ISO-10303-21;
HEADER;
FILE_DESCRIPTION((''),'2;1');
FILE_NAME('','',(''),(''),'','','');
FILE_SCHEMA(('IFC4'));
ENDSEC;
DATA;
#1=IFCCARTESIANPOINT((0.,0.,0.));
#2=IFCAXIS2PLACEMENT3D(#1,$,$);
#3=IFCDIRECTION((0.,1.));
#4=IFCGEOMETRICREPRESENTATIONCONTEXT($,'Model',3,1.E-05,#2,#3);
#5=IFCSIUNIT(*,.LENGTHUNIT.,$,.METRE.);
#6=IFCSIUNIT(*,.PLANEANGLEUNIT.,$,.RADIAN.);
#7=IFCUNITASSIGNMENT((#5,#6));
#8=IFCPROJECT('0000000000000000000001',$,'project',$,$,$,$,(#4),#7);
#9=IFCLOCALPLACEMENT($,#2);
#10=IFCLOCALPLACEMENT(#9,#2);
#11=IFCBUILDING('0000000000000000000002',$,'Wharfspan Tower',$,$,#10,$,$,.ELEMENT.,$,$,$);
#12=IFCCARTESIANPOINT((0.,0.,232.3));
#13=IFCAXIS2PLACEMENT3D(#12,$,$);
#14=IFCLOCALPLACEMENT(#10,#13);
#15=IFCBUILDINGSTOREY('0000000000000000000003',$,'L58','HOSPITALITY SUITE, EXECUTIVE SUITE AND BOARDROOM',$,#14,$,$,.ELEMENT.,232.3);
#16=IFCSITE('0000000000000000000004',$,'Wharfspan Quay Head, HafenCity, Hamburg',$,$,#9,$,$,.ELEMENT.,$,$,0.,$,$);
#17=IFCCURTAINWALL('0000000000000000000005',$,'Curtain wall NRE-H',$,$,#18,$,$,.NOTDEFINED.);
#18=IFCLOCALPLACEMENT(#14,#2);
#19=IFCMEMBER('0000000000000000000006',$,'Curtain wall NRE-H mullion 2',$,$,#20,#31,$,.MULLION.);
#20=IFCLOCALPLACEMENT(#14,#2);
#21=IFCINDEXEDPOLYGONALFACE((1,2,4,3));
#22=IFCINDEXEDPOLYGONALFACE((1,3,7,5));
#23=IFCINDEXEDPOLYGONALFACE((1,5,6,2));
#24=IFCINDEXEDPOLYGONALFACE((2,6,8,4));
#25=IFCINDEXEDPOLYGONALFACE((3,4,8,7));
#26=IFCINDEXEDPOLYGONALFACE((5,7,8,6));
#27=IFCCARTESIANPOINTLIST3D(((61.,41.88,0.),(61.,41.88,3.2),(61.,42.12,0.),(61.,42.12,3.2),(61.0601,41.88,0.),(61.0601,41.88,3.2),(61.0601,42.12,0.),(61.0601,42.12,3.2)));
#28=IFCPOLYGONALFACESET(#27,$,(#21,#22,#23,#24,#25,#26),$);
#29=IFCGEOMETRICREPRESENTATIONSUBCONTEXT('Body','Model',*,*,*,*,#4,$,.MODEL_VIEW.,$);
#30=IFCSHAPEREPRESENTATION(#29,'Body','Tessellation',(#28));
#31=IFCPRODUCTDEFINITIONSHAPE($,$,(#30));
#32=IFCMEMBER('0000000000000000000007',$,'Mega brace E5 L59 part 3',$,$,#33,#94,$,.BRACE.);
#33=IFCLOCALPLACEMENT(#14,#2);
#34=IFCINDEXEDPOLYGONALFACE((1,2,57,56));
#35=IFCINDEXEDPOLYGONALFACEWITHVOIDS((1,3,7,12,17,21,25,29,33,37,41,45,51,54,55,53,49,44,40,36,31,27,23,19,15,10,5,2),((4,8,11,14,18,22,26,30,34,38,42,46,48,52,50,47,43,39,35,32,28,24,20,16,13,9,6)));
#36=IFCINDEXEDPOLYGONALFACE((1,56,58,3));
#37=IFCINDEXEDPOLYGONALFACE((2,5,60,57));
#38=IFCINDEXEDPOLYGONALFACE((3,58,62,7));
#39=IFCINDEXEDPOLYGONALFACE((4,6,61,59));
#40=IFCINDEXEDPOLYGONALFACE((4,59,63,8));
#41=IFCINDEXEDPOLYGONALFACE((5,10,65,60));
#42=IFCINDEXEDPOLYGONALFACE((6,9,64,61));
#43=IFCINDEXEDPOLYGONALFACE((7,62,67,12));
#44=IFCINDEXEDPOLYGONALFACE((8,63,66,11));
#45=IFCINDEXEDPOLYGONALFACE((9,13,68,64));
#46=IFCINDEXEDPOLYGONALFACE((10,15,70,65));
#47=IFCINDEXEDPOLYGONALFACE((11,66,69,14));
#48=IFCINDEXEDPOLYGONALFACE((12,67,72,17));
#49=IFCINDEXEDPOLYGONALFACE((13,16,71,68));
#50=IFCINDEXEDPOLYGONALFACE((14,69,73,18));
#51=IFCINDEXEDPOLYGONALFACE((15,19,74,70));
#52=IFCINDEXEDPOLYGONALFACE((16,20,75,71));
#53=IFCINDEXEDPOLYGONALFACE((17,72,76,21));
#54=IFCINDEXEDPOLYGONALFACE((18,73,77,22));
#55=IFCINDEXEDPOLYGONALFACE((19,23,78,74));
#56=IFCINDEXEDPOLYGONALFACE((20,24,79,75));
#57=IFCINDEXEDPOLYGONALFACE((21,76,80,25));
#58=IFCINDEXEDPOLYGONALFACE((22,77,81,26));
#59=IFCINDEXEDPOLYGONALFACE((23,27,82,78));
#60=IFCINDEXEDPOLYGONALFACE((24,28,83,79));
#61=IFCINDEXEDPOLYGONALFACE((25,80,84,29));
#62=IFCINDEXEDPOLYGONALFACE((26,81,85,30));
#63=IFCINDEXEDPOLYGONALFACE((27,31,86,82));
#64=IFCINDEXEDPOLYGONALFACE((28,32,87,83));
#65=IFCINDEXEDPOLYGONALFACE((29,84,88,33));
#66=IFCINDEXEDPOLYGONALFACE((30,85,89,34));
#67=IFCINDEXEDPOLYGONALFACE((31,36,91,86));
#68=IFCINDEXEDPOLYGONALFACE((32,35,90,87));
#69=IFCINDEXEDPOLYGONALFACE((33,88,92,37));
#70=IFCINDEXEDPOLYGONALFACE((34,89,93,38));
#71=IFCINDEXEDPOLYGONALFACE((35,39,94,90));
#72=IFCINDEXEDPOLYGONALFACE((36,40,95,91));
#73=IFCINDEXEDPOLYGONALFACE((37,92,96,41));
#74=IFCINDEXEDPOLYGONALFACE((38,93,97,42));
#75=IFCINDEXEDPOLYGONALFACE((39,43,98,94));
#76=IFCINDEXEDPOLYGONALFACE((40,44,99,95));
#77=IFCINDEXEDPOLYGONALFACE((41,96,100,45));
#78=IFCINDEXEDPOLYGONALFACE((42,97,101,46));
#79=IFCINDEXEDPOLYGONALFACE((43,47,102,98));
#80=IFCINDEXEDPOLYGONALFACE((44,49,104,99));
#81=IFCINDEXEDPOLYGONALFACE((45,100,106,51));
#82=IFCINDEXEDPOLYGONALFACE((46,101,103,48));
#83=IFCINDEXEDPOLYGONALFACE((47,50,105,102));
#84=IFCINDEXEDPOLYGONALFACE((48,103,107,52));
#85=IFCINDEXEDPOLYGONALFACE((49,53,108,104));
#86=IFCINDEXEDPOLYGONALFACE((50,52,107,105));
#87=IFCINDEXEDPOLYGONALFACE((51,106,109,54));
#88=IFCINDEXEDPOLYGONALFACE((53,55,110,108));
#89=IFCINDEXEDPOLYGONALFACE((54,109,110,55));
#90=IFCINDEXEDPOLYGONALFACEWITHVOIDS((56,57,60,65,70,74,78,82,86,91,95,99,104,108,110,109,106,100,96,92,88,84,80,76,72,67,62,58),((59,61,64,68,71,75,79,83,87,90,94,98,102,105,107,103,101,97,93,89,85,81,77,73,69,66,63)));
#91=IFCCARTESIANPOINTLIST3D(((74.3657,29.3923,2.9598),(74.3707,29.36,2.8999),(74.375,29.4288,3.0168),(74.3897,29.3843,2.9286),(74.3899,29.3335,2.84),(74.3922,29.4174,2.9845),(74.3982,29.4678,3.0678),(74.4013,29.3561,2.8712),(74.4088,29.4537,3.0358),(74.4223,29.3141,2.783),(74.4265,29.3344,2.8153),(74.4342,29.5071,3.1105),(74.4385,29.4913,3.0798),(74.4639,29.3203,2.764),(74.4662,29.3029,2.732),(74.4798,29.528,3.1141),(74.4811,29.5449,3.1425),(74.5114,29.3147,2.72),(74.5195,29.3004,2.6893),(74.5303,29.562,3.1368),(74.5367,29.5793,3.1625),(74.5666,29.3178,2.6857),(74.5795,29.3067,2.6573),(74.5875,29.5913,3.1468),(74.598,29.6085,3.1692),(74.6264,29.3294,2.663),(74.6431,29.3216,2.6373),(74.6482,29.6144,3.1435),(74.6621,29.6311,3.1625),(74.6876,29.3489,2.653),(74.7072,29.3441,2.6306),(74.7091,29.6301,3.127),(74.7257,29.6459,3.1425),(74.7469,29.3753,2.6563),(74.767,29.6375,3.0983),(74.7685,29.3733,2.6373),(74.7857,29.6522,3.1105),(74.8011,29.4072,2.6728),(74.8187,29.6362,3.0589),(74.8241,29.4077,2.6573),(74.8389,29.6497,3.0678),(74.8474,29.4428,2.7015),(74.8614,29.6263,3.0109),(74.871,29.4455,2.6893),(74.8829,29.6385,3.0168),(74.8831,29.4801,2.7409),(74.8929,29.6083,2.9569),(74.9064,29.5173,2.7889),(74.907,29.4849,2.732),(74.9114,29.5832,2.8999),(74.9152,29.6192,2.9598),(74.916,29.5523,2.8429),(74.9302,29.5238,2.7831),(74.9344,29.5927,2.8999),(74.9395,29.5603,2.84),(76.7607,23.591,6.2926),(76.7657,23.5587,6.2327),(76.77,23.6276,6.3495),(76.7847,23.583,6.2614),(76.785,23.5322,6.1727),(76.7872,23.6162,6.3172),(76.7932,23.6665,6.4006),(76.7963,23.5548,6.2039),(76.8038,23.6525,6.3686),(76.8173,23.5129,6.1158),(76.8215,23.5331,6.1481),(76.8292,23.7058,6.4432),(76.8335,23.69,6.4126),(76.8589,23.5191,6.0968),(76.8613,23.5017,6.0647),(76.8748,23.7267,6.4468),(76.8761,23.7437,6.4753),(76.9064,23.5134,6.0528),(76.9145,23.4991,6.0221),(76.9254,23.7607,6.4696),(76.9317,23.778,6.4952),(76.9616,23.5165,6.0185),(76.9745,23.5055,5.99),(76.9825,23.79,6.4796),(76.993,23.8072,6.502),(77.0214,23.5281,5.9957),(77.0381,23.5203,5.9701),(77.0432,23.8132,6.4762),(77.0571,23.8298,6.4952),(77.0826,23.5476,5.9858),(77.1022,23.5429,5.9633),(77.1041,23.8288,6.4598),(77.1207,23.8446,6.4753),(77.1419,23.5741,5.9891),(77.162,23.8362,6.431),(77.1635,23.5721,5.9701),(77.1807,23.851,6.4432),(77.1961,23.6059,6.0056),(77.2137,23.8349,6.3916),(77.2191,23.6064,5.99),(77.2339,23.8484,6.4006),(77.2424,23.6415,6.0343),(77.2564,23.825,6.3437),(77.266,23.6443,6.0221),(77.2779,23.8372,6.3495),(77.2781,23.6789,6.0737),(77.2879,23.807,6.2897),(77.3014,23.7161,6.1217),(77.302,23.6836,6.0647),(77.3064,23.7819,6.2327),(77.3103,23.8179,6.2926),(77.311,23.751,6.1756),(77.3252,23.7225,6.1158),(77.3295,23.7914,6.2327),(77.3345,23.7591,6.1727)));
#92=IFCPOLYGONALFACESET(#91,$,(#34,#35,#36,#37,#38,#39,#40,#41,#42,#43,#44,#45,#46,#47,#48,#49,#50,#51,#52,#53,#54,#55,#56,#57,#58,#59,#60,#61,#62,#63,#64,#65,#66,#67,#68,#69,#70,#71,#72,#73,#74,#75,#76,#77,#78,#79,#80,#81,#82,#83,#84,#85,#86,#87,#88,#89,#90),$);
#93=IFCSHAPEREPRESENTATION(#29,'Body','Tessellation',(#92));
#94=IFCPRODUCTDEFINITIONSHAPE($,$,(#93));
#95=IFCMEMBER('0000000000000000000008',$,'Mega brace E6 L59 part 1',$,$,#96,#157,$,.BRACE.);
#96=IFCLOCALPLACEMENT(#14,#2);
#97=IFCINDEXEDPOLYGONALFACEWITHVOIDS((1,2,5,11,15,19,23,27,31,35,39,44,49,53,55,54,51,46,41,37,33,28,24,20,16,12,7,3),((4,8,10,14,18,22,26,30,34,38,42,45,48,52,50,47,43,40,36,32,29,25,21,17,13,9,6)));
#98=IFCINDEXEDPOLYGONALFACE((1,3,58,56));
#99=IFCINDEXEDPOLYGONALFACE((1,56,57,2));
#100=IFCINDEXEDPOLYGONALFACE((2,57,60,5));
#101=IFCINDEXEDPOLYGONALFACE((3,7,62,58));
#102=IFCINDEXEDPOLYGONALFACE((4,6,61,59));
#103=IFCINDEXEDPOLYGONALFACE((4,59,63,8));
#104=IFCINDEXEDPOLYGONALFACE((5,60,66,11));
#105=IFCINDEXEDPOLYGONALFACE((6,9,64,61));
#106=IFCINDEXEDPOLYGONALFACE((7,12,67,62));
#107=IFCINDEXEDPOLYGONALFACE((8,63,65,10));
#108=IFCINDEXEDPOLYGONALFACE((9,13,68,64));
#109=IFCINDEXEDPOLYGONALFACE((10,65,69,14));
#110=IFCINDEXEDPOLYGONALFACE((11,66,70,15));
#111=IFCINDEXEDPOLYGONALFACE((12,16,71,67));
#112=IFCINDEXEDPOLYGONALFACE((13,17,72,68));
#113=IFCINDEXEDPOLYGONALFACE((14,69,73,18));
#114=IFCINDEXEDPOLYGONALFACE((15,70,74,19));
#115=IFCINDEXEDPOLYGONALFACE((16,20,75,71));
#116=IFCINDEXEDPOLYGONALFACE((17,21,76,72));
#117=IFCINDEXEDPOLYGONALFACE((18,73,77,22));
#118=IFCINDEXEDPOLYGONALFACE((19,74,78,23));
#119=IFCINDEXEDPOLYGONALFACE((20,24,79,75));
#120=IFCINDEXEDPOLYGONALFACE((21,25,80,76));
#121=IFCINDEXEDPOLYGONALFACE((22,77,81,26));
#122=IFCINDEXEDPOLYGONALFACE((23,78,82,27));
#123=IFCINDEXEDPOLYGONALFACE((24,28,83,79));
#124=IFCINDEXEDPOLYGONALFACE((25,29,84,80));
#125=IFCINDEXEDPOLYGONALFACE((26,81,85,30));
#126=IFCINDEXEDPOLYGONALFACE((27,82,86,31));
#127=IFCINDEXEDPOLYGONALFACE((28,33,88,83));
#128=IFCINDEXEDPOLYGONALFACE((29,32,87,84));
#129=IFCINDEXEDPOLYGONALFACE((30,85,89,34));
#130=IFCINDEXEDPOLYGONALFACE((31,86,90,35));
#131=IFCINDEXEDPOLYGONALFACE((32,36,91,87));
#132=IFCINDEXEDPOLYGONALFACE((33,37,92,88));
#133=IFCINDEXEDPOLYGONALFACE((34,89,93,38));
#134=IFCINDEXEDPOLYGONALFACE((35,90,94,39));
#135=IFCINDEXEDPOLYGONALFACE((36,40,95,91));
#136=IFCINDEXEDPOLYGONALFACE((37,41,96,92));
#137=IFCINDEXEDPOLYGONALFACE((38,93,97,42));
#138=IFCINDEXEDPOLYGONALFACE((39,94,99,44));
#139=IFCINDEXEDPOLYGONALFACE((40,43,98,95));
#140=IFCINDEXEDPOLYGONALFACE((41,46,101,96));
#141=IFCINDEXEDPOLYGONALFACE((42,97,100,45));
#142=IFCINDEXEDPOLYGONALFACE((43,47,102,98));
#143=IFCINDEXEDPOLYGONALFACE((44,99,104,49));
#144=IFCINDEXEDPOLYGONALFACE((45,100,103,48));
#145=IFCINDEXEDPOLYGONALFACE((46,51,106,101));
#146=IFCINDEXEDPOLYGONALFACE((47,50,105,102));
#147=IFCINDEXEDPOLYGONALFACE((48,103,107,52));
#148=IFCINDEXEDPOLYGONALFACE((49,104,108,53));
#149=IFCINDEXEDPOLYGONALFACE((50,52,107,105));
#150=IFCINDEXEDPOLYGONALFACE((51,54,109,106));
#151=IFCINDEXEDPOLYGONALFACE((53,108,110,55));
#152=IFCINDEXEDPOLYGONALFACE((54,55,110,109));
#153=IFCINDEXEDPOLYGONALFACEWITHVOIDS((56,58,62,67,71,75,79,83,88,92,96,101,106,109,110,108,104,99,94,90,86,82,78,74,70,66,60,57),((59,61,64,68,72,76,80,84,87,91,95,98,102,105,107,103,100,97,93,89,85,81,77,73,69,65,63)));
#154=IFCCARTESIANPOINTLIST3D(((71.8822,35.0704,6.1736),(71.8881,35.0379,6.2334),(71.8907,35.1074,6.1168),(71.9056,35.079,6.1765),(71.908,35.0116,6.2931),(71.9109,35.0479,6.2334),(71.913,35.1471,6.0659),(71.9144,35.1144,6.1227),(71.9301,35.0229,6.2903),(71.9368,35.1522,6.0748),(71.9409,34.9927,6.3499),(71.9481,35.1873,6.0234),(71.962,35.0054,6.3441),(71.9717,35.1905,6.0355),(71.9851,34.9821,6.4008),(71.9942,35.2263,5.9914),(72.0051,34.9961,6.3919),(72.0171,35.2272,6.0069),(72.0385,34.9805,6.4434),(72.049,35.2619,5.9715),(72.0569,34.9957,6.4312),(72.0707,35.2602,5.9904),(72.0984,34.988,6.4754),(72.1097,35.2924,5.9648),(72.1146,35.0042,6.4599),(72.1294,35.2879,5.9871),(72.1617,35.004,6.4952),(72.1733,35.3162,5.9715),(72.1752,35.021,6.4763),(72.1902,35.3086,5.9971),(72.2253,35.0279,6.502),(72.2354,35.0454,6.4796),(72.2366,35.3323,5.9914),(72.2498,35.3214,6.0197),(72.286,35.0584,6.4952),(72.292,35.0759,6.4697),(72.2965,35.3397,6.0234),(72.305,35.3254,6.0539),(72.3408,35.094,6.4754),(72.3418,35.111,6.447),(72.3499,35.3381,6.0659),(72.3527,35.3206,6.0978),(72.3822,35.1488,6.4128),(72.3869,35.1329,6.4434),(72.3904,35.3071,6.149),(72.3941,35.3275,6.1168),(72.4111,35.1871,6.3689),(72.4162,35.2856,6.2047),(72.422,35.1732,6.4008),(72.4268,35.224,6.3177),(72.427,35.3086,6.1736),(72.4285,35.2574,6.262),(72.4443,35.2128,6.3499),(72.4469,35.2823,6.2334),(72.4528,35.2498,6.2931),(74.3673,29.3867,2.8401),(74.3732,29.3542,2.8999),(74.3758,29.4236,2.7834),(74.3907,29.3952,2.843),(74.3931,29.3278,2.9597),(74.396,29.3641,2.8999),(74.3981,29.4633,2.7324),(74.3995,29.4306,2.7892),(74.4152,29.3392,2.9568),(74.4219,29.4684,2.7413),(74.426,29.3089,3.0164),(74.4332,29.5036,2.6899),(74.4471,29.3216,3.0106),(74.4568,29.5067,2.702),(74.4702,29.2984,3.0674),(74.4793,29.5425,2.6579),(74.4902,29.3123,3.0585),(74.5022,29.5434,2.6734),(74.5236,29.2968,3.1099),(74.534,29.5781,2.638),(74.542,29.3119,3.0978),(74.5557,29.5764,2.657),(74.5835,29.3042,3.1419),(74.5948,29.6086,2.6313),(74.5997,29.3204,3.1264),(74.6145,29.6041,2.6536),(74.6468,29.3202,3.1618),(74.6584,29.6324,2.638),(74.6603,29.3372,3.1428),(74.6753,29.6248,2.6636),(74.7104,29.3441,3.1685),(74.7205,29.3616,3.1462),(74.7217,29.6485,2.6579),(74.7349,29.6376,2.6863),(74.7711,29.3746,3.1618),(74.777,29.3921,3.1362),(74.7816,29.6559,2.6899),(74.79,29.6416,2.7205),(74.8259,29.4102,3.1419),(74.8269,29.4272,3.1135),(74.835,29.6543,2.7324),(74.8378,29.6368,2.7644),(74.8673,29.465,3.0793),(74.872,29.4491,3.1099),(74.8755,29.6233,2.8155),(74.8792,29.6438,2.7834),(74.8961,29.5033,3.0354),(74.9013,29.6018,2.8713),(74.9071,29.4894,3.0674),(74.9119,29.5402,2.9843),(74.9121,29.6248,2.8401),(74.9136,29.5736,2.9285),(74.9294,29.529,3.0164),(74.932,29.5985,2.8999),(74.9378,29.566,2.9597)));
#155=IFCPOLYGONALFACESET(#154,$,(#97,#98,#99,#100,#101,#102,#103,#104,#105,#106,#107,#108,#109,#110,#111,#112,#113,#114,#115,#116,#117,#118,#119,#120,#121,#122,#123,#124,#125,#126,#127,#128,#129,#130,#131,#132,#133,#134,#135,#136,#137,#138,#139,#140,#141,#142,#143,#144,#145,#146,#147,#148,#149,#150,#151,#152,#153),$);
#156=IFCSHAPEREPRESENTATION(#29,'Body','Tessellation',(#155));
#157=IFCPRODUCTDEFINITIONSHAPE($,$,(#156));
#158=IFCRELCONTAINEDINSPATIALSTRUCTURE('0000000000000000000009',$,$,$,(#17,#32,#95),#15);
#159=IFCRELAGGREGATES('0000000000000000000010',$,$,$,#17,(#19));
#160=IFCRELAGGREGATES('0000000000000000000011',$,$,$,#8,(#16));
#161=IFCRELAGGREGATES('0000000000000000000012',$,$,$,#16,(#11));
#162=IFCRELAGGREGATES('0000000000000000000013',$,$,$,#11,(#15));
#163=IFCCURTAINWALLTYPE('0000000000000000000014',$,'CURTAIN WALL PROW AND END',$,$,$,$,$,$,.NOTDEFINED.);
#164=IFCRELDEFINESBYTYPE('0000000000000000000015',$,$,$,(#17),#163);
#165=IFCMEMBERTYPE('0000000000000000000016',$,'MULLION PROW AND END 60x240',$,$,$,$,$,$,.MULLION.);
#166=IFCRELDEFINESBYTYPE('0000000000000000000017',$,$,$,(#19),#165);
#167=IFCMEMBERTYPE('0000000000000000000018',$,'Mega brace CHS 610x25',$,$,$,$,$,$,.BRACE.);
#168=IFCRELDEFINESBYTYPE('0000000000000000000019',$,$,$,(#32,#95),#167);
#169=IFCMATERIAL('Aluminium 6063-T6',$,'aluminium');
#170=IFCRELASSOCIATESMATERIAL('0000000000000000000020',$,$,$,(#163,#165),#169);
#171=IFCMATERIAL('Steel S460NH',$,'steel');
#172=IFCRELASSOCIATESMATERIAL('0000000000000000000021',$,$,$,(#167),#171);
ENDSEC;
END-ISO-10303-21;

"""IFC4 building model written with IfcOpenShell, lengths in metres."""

from ifc_helpers import new_model, si_unit, direction, frame, origin, origin_2d, place, context, subcontext, project, spatial, rectangle, hollow_circle, extrude, material, material_profile, profile_set, type_object, element, aggregate, save


model = new_model("IFC4")

# Units and contexts
model_context = context("Model", 3, precision=1e-05, world=origin(), true_north=direction((0.0, 1.0)))
body_context = subcontext(model_context, "Body", "Model", "MODEL_VIEW")
ifc_project = project(units=[si_unit("LENGTHUNIT", "METRE"), si_unit("PLANEANGLEUNIT", "RADIAN")], contexts=[model_context])

# Site, building, storey
site_placement = place(None, origin())
site = spatial("IfcSite", under=ifc_project, at=site_placement, Name="Wharfspan Quay Head, HafenCity, Hamburg", CompositionType="ELEMENT", RefElevation=0.0)
building_placement = place(site_placement, origin())
building = spatial("IfcBuilding", under=site, at=building_placement, Name="Wharfspan Tower", CompositionType="ELEMENT")
storey_placement = place(building_placement, frame((0.0, 0.0, 232.3)))
storey = spatial("IfcBuildingStorey", under=building, at=storey_placement, Name="L58", Description="HOSPITALITY SUITE, EXECUTIVE SUITE AND BOARDROOM", CompositionType="ELEMENT", Elevation=232.3)

# Curtain wall, member
ifc_material_1 = material(Name="Aluminium 6063-T6", Category="aluminium")
curtain_wall_type = type_object("IfcCurtainWallType", Name="CURTAIN WALL PROW AND END", PredefinedType="NOTDEFINED", material=ifc_material_1)
ifc_material_profile_1 = material_profile(ifc_material_1, rectangle(XDim=0.24, YDim=0.0601, at=origin_2d()))
ifc_profile_set_1 = profile_set([ifc_material_profile_1], Name="Aluminium 6063-T6")
member_type_1 = type_object("IfcMemberType", Name="MULLION PROW AND END 60x240", PredefinedType="MULLION", material=ifc_profile_set_1)
curtain_wall_1_placement = place(storey_placement, origin())
curtain_wall_1 = element("IfcCurtainWall", 1, at=curtain_wall_1_placement, inside=storey, type_object=curtain_wall_type, Name="Curtain wall NRE-H", PredefinedType="NOTDEFINED")
member_1_placement = place(storey_placement, frame((61.03, 42.0, 0.0), z_axis=(0.0, 0.0, 1.0), x_axis=(0.0, -1.0, 0.0)))
member_1 = element("IfcMember", 2, at=member_1_placement, type_object=member_type_1, Name="Curtain wall NRE-H mullion 2", PredefinedType="MULLION", context=body_context, shape_type="SweptSolid", body=[
    extrude(rectangle(XDim=0.24, YDim=0.0601, at=origin_2d()), origin(), (0.0, 0.0, 1.0), 3.2),
])

# Members
ifc_material_2 = material(Name="Steel S460NH", Category="steel")
ifc_material_profile_2 = material_profile(ifc_material_2, hollow_circle(Radius=0.3049, WallThickness=0.0249, at=origin_2d()))
ifc_profile_set_2 = profile_set([ifc_material_profile_2], Name="Steel S460NH")
member_type_2 = type_object("IfcMemberType", Name="Mega brace CHS 610x25", PredefinedType="BRACE", material=ifc_profile_set_2)
member_2_placement = place(storey_placement, frame((74.6526, 29.4763, 2.8999), z_axis=(0.337032, -0.816367, 0.468993), x_axis=(0.92433, 0.381605, 0.000002)))
element("IfcMember", 3, at=member_2_placement, inside=storey, type_object=member_type_2, Name="Mega brace E5 L59 part 3", PredefinedType="BRACE", context=body_context, shape_type="SweptSolid", body=[
    extrude(hollow_circle(Radius=0.3049, WallThickness=0.0249, at=origin_2d()), origin(), (0.0, 0.0, 1.0), 7.1062),
])
member_3_placement = place(storey_placement, frame((74.6526, 29.4763, 2.8999), z_axis=(-0.352883, 0.8071, 0.473353), x_axis=(-0.916253, -0.400609, 0.000003)))
element("IfcMember", 4, at=member_3_placement, inside=storey, type_object=member_type_2, Name="Mega brace E6 L59 part 1", PredefinedType="BRACE", context=body_context, shape_type="SweptSolid", body=[
    extrude(hollow_circle(Radius=0.3049, WallThickness=0.0249, at=origin_2d()), origin(), (0.0, 0.0, 1.0), 7.0422),
])

aggregate(curtain_wall_1, [member_1])

save(model, "model.ifc")
